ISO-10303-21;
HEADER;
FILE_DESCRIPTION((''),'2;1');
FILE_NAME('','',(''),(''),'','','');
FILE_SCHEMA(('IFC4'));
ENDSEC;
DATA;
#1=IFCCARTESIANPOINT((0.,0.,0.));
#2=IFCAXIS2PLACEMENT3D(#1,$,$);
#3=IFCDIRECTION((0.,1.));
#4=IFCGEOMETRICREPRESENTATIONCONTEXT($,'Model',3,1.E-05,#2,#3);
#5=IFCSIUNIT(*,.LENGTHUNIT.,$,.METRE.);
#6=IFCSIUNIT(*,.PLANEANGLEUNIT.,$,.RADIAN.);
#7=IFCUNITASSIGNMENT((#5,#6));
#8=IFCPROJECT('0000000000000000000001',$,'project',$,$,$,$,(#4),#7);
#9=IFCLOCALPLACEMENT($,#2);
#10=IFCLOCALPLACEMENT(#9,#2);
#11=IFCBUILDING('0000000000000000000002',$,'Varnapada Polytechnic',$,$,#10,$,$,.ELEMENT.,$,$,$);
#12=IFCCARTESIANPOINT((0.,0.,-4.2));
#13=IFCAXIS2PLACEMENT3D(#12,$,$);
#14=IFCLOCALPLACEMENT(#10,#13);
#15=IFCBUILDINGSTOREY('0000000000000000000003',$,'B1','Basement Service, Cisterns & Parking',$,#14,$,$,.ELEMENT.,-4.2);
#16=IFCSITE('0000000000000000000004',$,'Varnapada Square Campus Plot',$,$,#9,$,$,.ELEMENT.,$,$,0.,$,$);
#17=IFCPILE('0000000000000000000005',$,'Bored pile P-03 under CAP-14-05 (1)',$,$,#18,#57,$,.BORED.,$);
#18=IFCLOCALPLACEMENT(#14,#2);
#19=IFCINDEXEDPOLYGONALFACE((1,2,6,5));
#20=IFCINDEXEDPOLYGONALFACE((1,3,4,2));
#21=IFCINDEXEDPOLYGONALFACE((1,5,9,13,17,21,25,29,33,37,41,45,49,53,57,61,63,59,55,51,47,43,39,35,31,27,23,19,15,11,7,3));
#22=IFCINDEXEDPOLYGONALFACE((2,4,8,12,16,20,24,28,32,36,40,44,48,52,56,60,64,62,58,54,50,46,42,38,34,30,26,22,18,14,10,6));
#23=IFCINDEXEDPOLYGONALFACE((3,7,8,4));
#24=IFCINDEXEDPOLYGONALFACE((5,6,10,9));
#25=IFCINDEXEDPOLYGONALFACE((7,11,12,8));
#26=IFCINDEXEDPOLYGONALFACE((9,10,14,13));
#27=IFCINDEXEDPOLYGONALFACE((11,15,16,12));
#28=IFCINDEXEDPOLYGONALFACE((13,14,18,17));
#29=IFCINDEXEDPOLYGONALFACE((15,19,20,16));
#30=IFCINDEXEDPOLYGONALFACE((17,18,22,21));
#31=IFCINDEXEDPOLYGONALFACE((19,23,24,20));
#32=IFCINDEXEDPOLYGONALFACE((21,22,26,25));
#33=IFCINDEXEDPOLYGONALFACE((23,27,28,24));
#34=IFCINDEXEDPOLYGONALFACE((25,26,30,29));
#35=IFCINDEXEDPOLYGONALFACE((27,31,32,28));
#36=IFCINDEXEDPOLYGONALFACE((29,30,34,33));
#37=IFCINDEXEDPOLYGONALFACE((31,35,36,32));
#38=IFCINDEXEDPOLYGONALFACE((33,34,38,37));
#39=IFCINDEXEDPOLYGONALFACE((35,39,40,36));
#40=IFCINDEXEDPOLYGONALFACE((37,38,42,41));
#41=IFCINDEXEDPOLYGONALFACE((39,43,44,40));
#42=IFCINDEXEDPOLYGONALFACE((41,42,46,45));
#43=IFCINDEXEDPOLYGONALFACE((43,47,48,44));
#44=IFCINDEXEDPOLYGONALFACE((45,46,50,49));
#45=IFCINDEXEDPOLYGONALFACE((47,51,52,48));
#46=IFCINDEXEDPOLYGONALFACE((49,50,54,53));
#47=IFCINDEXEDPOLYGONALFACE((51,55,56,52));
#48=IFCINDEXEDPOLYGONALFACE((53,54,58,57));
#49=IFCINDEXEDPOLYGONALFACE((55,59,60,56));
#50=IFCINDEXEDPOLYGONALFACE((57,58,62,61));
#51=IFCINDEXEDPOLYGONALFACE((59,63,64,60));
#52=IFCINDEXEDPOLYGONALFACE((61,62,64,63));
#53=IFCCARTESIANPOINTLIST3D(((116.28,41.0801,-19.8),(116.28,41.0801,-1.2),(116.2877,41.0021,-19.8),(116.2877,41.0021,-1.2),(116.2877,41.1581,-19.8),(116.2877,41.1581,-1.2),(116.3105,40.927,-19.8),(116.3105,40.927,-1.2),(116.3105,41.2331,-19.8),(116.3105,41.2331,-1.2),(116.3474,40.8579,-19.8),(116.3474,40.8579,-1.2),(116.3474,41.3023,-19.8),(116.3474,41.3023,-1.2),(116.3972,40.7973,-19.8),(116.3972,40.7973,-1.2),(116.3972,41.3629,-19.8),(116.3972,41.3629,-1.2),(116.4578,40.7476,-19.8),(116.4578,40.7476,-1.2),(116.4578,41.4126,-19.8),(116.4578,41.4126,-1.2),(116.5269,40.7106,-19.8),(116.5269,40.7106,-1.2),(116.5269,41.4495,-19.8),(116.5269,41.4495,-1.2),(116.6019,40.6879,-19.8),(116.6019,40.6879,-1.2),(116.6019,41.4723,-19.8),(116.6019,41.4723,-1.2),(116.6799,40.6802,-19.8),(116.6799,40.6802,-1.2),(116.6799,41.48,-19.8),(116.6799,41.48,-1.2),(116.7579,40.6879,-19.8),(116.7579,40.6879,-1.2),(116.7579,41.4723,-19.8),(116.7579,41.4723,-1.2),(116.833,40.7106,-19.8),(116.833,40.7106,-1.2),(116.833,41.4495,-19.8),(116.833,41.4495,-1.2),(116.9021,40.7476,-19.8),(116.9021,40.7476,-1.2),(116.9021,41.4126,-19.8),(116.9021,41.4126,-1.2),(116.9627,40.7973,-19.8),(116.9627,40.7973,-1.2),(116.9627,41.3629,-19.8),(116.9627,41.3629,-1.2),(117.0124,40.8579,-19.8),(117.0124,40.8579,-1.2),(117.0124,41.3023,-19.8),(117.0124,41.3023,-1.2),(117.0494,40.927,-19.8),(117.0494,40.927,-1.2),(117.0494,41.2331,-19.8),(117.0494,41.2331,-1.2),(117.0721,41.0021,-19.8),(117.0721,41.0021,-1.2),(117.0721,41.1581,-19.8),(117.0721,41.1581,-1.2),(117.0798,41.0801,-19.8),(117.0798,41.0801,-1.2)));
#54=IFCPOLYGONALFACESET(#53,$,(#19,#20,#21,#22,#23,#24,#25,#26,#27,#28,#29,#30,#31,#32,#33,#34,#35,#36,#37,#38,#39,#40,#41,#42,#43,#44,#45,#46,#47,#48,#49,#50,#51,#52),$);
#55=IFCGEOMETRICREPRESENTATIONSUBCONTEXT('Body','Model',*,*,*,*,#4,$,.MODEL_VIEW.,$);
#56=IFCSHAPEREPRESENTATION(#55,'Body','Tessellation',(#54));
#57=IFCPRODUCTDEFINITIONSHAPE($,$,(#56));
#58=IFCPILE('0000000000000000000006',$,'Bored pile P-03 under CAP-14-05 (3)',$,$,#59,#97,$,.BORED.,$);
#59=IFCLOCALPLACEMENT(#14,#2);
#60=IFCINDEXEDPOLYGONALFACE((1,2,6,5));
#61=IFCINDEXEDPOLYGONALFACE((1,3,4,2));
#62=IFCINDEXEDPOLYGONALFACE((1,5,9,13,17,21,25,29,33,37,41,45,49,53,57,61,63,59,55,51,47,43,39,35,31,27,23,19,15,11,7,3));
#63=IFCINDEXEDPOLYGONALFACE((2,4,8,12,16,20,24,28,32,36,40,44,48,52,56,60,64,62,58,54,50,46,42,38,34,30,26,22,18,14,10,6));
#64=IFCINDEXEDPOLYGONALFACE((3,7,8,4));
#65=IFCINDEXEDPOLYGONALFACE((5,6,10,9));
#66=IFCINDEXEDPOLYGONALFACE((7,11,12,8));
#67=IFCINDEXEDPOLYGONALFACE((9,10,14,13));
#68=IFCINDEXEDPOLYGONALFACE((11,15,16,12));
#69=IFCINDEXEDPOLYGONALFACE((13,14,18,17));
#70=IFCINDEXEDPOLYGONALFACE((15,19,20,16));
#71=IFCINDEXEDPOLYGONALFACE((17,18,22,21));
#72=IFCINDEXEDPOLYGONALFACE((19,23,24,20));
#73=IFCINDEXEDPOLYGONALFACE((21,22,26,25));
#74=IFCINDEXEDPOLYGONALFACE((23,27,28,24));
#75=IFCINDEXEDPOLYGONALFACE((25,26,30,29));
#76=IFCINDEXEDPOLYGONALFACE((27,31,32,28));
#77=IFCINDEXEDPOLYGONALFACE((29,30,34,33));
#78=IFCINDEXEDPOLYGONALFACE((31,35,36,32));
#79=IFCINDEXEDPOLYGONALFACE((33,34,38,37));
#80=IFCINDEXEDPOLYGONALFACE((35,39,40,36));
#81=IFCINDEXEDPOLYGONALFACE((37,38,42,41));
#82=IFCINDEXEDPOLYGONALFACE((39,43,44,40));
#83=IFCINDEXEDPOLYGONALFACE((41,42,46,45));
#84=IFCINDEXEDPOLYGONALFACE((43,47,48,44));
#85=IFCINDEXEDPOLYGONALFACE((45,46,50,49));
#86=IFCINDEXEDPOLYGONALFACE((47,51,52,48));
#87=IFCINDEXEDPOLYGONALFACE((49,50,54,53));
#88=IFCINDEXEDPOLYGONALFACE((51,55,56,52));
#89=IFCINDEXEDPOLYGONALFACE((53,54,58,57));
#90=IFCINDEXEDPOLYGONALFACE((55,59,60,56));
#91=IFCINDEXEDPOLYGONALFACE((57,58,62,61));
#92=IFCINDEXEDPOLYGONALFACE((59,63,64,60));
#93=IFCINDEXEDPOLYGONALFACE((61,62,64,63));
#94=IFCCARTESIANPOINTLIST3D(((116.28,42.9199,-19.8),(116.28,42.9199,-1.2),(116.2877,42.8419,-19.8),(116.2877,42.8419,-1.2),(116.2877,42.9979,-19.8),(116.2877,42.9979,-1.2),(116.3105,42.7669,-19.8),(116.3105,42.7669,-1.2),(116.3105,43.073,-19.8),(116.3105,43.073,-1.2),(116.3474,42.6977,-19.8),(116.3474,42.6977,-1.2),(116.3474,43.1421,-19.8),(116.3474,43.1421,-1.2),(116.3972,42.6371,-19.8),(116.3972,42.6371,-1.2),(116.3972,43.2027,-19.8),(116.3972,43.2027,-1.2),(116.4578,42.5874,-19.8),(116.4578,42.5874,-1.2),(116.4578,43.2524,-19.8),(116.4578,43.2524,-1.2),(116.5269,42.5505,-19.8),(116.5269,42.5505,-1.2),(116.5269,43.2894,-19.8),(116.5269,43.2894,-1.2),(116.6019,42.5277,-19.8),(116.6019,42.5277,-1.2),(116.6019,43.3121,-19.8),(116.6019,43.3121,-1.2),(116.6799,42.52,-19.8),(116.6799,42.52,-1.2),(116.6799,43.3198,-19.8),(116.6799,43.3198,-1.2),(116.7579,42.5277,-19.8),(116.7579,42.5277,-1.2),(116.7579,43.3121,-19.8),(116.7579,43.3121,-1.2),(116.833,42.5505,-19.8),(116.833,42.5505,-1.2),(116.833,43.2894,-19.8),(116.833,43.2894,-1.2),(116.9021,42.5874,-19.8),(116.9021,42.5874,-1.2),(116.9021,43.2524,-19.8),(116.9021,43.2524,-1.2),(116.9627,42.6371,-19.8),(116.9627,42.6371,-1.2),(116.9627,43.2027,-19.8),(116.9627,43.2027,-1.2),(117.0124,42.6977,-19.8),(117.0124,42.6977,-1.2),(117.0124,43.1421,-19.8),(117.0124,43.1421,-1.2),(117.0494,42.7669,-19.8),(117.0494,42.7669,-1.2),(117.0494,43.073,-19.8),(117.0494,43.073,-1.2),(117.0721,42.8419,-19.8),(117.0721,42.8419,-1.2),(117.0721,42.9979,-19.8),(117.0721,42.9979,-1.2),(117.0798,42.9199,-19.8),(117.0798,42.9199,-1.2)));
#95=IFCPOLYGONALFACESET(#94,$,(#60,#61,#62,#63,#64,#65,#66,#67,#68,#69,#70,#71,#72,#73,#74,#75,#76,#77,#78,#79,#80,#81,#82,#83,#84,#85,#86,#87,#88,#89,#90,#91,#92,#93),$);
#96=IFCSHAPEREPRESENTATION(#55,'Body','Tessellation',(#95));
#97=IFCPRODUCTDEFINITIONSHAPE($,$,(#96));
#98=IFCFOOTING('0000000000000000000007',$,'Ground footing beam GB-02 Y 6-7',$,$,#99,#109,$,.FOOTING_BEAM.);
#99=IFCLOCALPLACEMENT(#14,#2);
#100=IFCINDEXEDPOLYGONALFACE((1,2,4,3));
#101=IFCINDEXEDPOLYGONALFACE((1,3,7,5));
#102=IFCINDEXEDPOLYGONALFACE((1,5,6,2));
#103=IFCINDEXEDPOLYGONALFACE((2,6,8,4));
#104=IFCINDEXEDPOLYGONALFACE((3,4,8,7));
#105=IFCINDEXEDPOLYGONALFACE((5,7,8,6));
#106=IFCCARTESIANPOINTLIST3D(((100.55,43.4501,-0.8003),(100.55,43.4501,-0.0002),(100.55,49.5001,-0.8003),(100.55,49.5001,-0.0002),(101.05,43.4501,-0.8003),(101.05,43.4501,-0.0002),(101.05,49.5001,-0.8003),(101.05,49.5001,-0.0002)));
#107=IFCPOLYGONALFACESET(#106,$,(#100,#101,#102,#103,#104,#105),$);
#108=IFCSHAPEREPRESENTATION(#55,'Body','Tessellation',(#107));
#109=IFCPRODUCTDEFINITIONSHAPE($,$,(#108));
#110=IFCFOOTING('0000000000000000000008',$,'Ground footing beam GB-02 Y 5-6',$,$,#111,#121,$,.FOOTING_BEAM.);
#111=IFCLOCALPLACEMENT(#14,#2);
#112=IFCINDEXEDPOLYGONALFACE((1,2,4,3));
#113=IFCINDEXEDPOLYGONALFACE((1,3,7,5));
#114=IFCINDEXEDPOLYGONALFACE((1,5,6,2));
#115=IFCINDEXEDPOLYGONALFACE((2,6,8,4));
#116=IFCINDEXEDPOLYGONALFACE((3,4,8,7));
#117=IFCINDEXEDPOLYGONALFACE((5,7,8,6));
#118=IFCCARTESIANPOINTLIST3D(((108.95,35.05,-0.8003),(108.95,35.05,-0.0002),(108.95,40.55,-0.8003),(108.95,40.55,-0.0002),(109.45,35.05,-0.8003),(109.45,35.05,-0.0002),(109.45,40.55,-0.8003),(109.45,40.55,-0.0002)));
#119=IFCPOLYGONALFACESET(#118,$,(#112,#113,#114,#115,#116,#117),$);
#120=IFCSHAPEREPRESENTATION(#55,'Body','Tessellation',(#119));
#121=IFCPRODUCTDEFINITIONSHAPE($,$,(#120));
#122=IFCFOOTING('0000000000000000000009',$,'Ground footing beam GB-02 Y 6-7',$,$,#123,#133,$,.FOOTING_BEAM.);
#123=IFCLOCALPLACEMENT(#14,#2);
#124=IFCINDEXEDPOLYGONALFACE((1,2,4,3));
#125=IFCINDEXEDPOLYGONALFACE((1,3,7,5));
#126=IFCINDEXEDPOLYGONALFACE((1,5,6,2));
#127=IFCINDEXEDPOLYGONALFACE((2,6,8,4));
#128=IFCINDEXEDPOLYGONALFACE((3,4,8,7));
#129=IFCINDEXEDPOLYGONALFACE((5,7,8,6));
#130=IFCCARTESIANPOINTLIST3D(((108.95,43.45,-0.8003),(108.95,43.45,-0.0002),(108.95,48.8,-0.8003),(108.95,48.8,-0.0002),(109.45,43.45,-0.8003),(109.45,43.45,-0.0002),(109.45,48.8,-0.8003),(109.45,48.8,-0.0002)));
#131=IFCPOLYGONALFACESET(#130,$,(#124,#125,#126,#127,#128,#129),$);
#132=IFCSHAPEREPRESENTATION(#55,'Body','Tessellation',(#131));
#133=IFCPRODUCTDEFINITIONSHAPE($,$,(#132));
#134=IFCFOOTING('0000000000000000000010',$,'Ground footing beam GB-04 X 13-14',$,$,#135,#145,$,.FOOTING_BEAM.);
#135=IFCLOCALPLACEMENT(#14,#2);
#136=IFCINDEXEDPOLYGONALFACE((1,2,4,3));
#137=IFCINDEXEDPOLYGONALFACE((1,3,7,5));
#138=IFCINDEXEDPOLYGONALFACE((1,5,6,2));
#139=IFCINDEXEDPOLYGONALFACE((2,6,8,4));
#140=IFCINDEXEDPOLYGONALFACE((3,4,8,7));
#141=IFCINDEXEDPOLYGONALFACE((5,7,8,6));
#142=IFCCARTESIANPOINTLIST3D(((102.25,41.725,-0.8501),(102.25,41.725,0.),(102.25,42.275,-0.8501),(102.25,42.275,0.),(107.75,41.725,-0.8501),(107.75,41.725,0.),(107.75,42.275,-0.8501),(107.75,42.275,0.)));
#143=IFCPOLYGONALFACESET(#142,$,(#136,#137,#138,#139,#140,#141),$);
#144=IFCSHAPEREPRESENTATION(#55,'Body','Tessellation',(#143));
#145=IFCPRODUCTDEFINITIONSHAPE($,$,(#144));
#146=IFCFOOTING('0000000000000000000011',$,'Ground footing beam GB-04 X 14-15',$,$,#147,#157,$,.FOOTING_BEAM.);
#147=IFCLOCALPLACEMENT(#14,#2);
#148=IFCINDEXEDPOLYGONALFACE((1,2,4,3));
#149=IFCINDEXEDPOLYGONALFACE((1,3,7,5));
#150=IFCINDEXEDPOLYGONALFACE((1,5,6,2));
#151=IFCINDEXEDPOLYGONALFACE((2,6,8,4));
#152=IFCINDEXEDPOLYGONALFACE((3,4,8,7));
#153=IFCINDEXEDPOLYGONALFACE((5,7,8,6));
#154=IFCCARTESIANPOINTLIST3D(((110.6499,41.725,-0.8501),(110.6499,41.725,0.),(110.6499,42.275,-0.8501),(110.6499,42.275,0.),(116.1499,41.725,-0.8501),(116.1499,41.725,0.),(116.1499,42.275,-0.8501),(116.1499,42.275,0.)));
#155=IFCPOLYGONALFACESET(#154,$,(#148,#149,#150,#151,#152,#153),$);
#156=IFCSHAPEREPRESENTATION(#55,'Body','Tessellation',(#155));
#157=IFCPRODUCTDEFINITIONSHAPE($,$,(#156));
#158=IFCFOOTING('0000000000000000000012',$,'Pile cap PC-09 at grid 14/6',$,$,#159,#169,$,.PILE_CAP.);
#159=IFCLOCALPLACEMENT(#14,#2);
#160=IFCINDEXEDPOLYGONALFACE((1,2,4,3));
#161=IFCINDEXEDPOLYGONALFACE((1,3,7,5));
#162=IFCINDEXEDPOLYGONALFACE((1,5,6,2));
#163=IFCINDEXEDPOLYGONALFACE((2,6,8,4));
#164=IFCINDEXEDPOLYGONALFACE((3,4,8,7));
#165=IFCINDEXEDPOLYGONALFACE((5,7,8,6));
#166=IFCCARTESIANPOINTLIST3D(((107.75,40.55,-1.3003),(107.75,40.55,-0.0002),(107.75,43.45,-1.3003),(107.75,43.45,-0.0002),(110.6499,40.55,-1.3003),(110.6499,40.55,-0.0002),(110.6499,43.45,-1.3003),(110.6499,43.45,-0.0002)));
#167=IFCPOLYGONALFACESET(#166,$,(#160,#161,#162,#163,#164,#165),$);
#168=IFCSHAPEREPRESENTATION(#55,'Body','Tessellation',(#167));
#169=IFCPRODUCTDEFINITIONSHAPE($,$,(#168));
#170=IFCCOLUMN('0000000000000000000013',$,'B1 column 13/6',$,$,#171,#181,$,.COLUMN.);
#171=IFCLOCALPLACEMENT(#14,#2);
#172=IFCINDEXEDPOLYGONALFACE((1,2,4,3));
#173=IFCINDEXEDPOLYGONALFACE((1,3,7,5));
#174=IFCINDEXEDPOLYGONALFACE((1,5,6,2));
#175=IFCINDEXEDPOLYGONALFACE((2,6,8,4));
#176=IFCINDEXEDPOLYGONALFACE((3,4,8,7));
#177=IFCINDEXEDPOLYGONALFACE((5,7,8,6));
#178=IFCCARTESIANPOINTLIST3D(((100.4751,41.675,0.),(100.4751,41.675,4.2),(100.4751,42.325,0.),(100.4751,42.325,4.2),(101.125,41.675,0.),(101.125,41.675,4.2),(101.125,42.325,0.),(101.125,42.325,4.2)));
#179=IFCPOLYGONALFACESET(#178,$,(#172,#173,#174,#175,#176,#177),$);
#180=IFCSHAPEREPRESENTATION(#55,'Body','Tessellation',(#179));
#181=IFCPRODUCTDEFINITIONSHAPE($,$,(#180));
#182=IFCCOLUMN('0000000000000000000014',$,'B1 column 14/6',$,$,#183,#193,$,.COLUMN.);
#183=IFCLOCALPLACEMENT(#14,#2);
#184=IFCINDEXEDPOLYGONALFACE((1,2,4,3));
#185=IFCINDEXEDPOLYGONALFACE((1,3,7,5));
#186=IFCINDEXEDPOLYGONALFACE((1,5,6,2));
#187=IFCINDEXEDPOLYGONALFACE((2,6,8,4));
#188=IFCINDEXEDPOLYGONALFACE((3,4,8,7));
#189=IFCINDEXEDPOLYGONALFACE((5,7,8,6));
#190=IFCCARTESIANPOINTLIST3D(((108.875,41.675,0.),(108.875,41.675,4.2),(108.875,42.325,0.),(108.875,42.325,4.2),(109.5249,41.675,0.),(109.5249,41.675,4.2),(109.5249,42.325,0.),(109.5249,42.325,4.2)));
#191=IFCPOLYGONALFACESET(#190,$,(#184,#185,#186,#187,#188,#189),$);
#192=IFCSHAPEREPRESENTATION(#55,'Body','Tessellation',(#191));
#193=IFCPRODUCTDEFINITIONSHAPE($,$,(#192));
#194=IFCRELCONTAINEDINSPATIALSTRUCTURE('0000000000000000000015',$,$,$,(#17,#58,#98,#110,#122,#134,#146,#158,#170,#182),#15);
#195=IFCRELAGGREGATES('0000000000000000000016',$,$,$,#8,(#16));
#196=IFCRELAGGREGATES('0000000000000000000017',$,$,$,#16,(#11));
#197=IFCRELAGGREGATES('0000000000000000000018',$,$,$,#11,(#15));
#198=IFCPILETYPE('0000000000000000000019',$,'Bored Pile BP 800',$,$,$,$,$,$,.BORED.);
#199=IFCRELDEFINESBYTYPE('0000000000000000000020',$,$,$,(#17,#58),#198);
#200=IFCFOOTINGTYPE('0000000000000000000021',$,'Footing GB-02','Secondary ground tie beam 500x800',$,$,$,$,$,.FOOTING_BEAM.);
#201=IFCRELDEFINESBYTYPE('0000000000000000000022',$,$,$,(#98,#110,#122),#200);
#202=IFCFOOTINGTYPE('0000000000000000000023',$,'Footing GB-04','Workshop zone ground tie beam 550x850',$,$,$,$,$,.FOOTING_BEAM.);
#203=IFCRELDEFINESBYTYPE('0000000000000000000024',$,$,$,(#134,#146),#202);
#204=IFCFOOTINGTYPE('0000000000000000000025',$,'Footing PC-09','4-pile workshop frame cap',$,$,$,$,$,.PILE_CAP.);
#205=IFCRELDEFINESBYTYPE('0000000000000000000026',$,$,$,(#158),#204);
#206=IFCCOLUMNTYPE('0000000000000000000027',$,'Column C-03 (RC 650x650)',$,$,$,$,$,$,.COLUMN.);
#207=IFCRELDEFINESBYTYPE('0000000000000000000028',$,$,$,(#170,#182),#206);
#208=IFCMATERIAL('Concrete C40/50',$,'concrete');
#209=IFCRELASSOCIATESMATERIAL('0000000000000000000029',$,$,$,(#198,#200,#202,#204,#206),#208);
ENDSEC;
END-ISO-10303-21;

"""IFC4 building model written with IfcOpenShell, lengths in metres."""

from ifc_helpers import new_model, si_unit, direction, frame, origin, origin_2d, place, context, subcontext, project, spatial, rectangle, circle, extrude, material, material_profile, profile_set, type_object, element, save


model = new_model("IFC4")

# Units and contexts
model_context = context("Model", 3, precision=1e-05, world=origin(), true_north=direction((0.0, 1.0)))
body_context = subcontext(model_context, "Body", "Model", "MODEL_VIEW")
ifc_project = project(units=[si_unit("LENGTHUNIT", "METRE"), si_unit("PLANEANGLEUNIT", "RADIAN")], contexts=[model_context])

# Site, building, storey
site_placement = place(None, origin())
site = spatial("IfcSite", under=ifc_project, at=site_placement, Name="Varnapada Square Campus Plot", CompositionType="ELEMENT", RefElevation=0.0)
building_placement = place(site_placement, origin())
building = spatial("IfcBuilding", under=site, at=building_placement, Name="Varnapada Polytechnic", CompositionType="ELEMENT")
storey_placement = place(building_placement, frame((0.0, 0.0, -4.2)))
storey = spatial("IfcBuildingStorey", under=building, at=storey_placement, Name="B1", Description="Basement Service, Cisterns & Parking", CompositionType="ELEMENT", Elevation=-4.2)

# Piles
ifc_material_1 = material(Name="Concrete C40/50", Category="concrete")
ifc_material_profile_1 = material_profile(ifc_material_1, circle(Radius=0.3999, at=origin_2d()), Name="BP 800")
ifc_profile_set_1 = profile_set([ifc_material_profile_1], Name="Concrete C40/50")
pile_type = type_object("IfcPileType", Name="Bored Pile BP 800", PredefinedType="BORED", material=ifc_profile_set_1)
for number, where, z_axis, x_axis, name in (
    (1, (116.6799, 41.0801, -1.2), (0.0, 0.0, -1.0), (1.0, 0.0, 0.0), "Bored pile P-03 under CAP-14-05 (1)"),
    (2, (116.6799, 42.9199, -1.2), (0.0, 0.0, -1.0), (1.0, 0.0, 0.0), "Bored pile P-03 under CAP-14-05 (3)"),
):
    element("IfcPile", number, at=place(storey_placement, frame(where, z_axis=z_axis, x_axis=x_axis)), inside=storey, type_object=pile_type, Name=name, PredefinedType="BORED", context=body_context, shape_type="SweptSolid", body=[
        extrude(circle(Radius=0.3999, at=origin_2d()), origin(), (0.0, 0.0, 1.0), 18.6001),
    ])

# Footings
footing_type_1 = type_object("IfcFootingType", Name="Footing GB-02", Description="Secondary ground tie beam 500x800", PredefinedType="FOOTING_BEAM", material=ifc_material_1)
footing_1_placement = place(storey_placement, frame((100.8, 46.4751, -0.8003), z_axis=(0.0, 0.0, 1.0), x_axis=(0.0, 1.0, 0.0)))
element("IfcFooting", 3, at=footing_1_placement, inside=storey, type_object=footing_type_1, Name="Ground footing beam GB-02 Y 6-7", PredefinedType="FOOTING_BEAM", context=body_context, shape_type="SweptSolid", body=[
    extrude(rectangle(XDim=6.05, YDim=0.5, at=origin_2d()), origin(), (0.0, 0.0, 1.0), 0.8),
])
footing_2_placement = place(storey_placement, frame((109.2, 37.8, -0.8003), z_axis=(0.0, 0.0, 1.0), x_axis=(0.0, 1.0, 0.0)))
element("IfcFooting", 4, at=footing_2_placement, inside=storey, type_object=footing_type_1, Name="Ground footing beam GB-02 Y 5-6", PredefinedType="FOOTING_BEAM", context=body_context, shape_type="SweptSolid", body=[
    extrude(rectangle(XDim=5.5, YDim=0.5, at=origin_2d()), origin(), (0.0, 0.0, 1.0), 0.8),
])
footing_3_placement = place(storey_placement, frame((109.2, 46.125, -0.8003), z_axis=(0.0, 0.0, 1.0), x_axis=(0.0, 1.0, 0.0)))
element("IfcFooting", 5, at=footing_3_placement, inside=storey, type_object=footing_type_1, Name="Ground footing beam GB-02 Y 6-7", PredefinedType="FOOTING_BEAM", context=body_context, shape_type="SweptSolid", body=[
    extrude(rectangle(XDim=5.3501, YDim=0.5, at=origin_2d()), origin(), (0.0, 0.0, 1.0), 0.8),
])
footing_type_2 = type_object("IfcFootingType", Name="Footing GB-04", Description="Workshop zone ground tie beam 550x850", PredefinedType="FOOTING_BEAM", material=ifc_material_1)
for number, where, z_axis, x_axis, name in (
    (6, (105.0, 42.0, -0.8501), (0.0, 0.0, 1.0), (1.0, 0.0, 0.0), "Ground footing beam GB-04 X 13-14"),
    (7, (113.3999, 42.0, -0.8501), (0.0, 0.0, 1.0), (1.0, 0.0, 0.0), "Ground footing beam GB-04 X 14-15"),
):
    element("IfcFooting", number, at=place(storey_placement, frame(where, z_axis=z_axis, x_axis=x_axis)), inside=storey, type_object=footing_type_2, Name=name, PredefinedType="FOOTING_BEAM", context=body_context, shape_type="SweptSolid", body=[
        extrude(rectangle(XDim=5.5, YDim=0.55, at=origin_2d()), origin(), (0.0, 0.0, 1.0), 0.8501),
    ])
footing_type_3 = type_object("IfcFootingType", Name="Footing PC-09", Description="4-pile workshop frame cap", PredefinedType="PILE_CAP", material=ifc_material_1)
footing_4_placement = place(storey_placement, frame((109.2, 42.0, -1.3003), z_axis=(0.0, 0.0, 1.0), x_axis=(1.0, 0.0, 0.0)))
element("IfcFooting", 8, at=footing_4_placement, inside=storey, type_object=footing_type_3, Name="Pile cap PC-09 at grid 14/6", PredefinedType="PILE_CAP", context=body_context, shape_type="SweptSolid", body=[
    extrude(rectangle(XDim=2.8999, YDim=2.8999, at=origin_2d()), origin(), (0.0, 0.0, 1.0), 1.3),
])

# Columns
ifc_material_profile_2 = material_profile(ifc_material_1, rectangle(XDim=0.6499, YDim=0.6499, at=origin_2d()), Name="RC 650x650")
ifc_profile_set_2 = profile_set([ifc_material_profile_2], Name="Concrete C40/50")
column_type = type_object("IfcColumnType", Name="Column C-03 (RC 650x650)", PredefinedType="COLUMN", material=ifc_profile_set_2)
for number, where, z_axis, x_axis, name in (
    (9, (100.8, 42.0, 0.0), (0.0, 0.0, 1.0), (1.0, 0.0, 0.0), "B1 column 13/6"),
    (10, (109.2, 42.0, 0.0), (0.0, 0.0, 1.0), (1.0, 0.0, 0.0), "B1 column 14/6"),
):
    element("IfcColumn", number, at=place(storey_placement, frame(where, z_axis=z_axis, x_axis=x_axis)), inside=storey, type_object=column_type, Name=name, PredefinedType="COLUMN", context=body_context, shape_type="SweptSolid", body=[
        extrude(rectangle(XDim=0.6499, YDim=0.6499, at=origin_2d()), origin(), (0.0, 0.0, 1.0), 4.2),
    ])

save(model, "model.ifc")
